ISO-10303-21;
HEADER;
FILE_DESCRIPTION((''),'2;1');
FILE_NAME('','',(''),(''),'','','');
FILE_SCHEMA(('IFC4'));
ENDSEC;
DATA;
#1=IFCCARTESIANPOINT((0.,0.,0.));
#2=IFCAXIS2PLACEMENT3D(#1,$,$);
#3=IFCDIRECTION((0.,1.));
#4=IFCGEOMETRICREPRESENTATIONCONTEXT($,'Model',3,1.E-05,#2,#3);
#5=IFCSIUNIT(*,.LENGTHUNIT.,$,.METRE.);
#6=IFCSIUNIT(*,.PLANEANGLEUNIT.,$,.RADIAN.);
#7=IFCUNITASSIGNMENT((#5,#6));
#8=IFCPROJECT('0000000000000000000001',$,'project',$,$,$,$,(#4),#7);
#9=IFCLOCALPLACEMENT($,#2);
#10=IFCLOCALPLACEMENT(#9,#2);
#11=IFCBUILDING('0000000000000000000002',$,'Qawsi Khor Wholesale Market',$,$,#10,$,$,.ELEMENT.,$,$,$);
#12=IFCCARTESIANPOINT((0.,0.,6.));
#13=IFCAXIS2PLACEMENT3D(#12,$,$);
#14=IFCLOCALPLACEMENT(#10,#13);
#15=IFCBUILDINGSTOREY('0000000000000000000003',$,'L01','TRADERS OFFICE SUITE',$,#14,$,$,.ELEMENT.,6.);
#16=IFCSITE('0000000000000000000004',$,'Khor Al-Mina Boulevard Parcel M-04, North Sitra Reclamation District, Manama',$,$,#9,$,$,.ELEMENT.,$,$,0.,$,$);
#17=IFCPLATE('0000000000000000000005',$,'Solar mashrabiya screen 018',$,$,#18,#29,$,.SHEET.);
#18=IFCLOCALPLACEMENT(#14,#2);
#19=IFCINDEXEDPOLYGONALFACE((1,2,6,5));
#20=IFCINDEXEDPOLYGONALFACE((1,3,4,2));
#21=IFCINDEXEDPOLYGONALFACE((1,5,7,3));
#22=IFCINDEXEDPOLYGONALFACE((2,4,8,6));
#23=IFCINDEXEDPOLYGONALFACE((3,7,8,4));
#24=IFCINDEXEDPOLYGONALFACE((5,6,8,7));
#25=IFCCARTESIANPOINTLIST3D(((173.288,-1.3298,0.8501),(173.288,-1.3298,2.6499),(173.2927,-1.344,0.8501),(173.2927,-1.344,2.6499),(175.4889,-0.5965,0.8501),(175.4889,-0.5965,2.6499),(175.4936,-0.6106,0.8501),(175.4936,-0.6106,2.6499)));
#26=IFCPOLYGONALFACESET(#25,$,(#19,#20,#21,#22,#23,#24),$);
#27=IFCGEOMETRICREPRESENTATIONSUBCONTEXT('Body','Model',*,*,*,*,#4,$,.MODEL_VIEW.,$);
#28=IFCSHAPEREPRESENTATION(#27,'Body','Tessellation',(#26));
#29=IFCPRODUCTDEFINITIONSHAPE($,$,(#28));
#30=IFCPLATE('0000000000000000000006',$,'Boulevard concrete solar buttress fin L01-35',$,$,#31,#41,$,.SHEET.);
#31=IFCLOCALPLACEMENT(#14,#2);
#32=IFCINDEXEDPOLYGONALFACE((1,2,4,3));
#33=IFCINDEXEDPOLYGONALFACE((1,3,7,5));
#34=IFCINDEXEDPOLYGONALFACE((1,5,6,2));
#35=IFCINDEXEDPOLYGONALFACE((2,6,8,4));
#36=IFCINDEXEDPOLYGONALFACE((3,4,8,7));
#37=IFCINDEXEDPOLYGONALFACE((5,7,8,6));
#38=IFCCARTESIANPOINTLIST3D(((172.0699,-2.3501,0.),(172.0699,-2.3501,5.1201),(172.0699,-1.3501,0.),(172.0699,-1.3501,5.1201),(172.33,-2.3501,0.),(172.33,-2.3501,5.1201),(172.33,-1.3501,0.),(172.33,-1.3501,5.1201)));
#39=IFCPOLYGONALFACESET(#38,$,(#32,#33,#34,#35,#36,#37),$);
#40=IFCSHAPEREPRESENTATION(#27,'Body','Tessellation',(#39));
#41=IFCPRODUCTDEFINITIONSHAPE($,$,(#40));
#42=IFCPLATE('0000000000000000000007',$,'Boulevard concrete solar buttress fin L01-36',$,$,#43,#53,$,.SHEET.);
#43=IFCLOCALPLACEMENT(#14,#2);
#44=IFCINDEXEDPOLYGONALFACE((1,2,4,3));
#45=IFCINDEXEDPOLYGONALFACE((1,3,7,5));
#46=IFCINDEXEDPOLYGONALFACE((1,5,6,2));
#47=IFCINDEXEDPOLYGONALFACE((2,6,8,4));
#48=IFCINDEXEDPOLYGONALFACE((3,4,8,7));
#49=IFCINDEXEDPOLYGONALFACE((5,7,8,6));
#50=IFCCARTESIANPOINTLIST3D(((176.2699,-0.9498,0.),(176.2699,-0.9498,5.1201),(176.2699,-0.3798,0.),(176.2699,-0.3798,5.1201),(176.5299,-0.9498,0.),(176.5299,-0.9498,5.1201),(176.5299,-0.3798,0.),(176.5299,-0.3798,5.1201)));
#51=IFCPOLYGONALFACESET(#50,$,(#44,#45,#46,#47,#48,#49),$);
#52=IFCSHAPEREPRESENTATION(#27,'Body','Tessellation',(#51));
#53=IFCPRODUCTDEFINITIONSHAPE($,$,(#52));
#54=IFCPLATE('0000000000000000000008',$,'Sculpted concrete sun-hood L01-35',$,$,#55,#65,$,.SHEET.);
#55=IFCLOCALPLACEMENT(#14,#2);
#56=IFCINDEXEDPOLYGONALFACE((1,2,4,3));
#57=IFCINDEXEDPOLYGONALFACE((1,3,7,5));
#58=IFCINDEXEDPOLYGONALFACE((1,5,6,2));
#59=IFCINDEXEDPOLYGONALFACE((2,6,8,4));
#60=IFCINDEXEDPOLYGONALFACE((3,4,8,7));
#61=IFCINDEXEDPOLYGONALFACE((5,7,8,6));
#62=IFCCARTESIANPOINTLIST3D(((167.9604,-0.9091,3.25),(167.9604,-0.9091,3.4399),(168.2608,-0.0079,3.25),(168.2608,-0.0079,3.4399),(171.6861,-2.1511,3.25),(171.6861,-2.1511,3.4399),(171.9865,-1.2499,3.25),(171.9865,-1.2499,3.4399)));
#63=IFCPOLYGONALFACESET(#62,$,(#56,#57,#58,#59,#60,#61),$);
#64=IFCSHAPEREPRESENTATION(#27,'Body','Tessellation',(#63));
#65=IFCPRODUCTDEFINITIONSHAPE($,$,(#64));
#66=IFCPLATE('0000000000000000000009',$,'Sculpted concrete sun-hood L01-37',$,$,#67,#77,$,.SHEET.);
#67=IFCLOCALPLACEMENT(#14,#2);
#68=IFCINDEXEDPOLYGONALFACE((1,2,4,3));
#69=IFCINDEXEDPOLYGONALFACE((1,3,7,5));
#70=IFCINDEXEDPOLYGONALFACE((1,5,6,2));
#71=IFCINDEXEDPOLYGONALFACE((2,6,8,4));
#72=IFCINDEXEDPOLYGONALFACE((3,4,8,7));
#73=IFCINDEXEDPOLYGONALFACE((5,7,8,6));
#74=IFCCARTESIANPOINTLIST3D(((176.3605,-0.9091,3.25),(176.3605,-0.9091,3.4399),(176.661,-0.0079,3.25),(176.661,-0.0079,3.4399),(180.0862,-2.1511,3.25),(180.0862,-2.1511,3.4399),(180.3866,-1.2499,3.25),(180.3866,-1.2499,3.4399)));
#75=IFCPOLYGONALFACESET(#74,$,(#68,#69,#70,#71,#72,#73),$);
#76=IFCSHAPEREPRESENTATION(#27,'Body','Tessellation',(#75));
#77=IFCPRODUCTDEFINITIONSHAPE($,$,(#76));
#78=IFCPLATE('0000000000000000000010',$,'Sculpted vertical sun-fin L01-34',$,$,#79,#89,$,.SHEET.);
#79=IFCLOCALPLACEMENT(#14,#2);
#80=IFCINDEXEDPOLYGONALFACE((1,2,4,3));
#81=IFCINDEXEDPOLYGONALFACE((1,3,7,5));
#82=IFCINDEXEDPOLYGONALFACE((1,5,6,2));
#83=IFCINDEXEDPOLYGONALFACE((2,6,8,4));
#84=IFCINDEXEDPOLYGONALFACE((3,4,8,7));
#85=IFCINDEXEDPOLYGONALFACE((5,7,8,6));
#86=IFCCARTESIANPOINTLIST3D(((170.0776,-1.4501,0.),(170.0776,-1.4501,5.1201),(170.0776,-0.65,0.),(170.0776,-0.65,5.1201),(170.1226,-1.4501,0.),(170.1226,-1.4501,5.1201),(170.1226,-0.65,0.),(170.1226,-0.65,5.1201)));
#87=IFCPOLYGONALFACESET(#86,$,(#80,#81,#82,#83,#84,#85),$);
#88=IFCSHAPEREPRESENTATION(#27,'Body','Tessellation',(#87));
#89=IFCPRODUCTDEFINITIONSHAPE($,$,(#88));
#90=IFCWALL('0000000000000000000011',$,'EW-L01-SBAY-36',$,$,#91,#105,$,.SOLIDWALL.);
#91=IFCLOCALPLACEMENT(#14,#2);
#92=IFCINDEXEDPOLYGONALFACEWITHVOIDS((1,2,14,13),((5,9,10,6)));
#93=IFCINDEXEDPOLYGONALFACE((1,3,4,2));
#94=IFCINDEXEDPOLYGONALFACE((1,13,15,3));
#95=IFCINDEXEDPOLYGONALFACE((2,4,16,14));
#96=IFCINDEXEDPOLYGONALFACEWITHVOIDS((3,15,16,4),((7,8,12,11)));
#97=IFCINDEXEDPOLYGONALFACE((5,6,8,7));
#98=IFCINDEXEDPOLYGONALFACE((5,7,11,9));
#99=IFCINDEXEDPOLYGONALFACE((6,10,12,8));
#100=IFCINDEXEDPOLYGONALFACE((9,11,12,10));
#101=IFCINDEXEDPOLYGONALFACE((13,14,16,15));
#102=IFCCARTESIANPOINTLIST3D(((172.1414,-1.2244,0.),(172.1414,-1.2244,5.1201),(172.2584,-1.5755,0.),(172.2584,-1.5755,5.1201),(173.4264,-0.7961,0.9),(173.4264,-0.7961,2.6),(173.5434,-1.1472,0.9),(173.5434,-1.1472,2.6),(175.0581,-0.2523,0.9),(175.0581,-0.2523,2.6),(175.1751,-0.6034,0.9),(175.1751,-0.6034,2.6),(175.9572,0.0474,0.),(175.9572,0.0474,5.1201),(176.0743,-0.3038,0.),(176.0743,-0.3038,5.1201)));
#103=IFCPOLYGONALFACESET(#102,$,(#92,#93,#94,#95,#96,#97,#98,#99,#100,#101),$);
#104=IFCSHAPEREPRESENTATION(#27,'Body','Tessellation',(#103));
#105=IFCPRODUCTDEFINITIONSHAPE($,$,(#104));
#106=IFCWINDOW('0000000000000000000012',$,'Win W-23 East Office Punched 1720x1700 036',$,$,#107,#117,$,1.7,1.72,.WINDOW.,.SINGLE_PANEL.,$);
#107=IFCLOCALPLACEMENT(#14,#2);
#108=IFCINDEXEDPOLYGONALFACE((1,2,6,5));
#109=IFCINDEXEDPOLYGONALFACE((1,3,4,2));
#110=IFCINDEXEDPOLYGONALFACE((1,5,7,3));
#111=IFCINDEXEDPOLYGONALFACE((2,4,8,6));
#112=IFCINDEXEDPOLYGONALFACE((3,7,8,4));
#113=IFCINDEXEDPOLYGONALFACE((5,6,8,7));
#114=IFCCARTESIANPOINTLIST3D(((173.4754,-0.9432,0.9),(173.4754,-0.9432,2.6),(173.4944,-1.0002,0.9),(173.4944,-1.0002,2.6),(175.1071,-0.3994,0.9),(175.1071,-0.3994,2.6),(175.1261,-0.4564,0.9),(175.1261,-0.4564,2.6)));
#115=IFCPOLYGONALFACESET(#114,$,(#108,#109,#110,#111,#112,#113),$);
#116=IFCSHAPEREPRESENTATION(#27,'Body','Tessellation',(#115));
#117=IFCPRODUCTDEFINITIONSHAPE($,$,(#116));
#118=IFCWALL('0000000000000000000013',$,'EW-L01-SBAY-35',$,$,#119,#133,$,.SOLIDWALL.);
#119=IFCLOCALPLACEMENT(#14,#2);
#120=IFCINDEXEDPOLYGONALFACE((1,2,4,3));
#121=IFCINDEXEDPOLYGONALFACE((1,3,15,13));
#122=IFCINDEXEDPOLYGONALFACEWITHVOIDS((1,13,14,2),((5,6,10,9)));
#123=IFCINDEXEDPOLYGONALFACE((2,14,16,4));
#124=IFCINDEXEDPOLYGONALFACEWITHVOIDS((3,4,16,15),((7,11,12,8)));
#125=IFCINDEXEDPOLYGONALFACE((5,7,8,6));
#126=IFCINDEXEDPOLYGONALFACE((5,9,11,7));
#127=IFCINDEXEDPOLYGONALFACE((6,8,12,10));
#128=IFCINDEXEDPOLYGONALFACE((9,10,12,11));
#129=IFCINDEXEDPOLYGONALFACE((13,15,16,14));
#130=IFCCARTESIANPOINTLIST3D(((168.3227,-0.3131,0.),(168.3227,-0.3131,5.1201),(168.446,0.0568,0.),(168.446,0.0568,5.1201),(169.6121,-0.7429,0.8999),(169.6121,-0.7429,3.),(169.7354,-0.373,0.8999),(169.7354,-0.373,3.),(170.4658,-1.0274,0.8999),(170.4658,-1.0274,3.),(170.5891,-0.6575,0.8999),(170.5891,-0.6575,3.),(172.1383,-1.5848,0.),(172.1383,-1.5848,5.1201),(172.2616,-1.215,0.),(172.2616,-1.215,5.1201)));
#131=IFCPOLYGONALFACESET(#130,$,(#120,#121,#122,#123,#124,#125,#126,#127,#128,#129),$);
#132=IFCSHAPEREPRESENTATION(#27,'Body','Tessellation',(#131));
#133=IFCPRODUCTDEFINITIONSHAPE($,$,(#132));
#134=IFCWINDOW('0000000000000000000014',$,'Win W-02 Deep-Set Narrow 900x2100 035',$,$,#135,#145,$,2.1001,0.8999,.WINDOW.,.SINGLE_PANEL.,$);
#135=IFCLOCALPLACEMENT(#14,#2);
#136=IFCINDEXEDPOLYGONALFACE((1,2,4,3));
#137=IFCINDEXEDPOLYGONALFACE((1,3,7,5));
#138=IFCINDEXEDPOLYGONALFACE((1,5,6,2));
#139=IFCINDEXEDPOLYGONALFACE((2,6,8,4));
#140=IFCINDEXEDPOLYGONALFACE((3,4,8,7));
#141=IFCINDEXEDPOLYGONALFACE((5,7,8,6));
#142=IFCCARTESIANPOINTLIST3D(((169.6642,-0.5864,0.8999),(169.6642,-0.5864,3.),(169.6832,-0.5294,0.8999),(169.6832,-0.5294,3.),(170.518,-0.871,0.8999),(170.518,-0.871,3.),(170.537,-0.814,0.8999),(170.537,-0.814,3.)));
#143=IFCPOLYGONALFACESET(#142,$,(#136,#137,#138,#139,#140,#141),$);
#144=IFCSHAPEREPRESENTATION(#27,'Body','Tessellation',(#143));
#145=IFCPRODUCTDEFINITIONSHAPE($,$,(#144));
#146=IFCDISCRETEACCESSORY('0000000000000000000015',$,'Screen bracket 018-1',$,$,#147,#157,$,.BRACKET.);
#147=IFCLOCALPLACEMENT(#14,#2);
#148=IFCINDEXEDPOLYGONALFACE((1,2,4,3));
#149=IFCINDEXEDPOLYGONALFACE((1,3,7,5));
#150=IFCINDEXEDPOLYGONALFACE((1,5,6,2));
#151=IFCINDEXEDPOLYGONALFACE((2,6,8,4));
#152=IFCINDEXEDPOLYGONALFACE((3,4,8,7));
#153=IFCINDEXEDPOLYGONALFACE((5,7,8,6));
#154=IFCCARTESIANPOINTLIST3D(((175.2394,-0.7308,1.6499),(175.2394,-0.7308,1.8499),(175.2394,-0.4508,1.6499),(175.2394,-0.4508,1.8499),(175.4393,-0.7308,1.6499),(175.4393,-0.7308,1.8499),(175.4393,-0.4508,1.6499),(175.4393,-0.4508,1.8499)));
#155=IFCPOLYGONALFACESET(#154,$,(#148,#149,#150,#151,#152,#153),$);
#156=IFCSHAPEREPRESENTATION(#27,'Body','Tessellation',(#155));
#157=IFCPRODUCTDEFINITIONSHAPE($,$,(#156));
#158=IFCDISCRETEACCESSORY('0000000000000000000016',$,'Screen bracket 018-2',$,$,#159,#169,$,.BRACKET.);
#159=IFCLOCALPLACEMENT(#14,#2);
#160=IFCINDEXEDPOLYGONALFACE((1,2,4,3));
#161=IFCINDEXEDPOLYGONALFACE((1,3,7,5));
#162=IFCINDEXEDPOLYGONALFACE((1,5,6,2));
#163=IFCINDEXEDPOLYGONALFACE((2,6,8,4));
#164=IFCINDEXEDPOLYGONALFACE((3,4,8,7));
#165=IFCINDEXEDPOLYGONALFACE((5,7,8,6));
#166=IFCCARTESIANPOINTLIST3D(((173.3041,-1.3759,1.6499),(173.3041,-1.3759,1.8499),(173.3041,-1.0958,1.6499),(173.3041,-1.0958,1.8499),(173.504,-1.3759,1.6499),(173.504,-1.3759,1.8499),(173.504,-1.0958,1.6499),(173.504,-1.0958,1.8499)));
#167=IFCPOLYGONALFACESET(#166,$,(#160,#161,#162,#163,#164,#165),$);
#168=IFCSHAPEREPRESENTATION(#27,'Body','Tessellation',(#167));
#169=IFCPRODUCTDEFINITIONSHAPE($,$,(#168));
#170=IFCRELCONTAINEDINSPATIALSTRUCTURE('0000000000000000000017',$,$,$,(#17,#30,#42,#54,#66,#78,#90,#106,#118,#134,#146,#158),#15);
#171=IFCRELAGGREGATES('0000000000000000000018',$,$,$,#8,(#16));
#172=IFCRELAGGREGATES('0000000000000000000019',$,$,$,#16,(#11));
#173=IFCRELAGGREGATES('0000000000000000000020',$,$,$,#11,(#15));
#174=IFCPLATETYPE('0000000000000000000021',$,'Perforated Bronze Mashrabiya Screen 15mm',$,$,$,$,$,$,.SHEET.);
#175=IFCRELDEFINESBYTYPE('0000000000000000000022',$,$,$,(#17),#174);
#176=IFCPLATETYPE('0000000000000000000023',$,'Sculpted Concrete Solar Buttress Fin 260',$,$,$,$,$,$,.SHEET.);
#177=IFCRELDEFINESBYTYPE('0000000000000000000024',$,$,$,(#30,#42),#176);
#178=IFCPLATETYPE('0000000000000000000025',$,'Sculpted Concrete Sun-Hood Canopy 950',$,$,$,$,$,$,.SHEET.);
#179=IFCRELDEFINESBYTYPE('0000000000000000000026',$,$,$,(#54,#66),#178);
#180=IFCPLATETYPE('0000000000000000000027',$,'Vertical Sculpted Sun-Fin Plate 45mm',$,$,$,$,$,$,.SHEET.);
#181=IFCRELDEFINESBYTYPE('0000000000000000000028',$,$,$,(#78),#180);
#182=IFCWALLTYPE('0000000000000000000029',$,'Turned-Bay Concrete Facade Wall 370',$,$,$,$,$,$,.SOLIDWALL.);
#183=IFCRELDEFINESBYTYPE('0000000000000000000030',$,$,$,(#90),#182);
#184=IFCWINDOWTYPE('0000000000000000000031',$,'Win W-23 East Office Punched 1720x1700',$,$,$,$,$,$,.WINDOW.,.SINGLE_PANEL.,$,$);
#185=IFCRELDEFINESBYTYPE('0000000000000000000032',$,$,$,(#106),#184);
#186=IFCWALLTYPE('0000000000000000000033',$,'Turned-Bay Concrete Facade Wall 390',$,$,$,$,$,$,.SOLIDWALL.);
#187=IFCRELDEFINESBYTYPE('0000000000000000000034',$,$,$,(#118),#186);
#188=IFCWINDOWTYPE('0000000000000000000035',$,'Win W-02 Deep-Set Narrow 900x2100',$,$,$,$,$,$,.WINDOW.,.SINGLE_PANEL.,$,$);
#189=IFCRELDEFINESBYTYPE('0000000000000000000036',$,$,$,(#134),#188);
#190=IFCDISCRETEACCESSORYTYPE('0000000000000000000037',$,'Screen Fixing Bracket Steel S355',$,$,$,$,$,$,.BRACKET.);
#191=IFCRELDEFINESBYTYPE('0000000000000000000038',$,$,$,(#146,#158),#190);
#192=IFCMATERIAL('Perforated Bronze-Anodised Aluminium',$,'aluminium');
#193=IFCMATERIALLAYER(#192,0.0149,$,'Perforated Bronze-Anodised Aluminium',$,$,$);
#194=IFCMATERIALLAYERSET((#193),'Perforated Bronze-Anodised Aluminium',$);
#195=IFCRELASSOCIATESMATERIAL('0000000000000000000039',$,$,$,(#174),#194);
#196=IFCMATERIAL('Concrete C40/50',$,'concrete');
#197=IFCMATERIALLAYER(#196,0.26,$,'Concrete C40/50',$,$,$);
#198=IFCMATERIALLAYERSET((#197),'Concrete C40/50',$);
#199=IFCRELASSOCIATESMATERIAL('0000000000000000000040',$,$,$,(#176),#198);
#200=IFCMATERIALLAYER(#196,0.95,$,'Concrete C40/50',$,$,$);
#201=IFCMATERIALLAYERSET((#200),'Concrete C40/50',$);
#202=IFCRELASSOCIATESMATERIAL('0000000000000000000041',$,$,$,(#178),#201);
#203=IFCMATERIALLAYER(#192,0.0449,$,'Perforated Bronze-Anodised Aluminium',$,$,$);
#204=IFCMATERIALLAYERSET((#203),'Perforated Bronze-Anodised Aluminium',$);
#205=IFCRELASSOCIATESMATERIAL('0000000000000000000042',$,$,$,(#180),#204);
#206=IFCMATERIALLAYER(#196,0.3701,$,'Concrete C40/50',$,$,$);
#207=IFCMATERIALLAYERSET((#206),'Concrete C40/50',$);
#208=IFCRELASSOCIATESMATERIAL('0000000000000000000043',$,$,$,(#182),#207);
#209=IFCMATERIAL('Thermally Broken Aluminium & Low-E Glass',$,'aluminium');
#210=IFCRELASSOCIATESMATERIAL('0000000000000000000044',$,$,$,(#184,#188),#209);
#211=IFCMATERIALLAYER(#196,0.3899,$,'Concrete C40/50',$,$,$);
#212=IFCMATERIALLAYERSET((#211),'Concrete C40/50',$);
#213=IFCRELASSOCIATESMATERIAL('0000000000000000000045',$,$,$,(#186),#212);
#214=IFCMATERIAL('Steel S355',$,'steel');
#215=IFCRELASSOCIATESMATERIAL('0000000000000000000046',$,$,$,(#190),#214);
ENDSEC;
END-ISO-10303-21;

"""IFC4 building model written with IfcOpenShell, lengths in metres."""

from ifc_helpers import new_model, si_unit, direction, frame, frame_2d, origin, origin_2d, place, context, subcontext, project, spatial, rectangle, extrude, material, layer, layer_set, type_object, element, fill, save


model = new_model("IFC4")

# Units and contexts
model_context = context("Model", 3, precision=1e-05, world=origin(), true_north=direction((0.0, 1.0)))
body_context = subcontext(model_context, "Body", "Model", "MODEL_VIEW")
ifc_project = project(units=[si_unit("LENGTHUNIT", "METRE"), si_unit("PLANEANGLEUNIT", "RADIAN")], contexts=[model_context])

# Site, building, storey
site_placement = place(None, origin())
site = spatial("IfcSite", under=ifc_project, at=site_placement, Name="Khor Al-Mina Boulevard Parcel M-04, North Sitra Reclamation District, Manama", CompositionType="ELEMENT", RefElevation=0.0)
building_placement = place(site_placement, origin())
building = spatial("IfcBuilding", under=site, at=building_placement, Name="Qawsi Khor Wholesale Market", CompositionType="ELEMENT")
storey_placement = place(building_placement, frame((0.0, 0.0, 6.0)))
storey = spatial("IfcBuildingStorey", under=building, at=storey_placement, Name="L01", Description="TRADERS OFFICE SUITE", CompositionType="ELEMENT", Elevation=6.0)

# Shared definitions
ifc_material_1 = material(Name="Concrete C40/50", Category="concrete")

# Shared definitions
ifc_material_2 = material(Name="Steel S355", Category="steel")

# Plates
ifc_material_3 = material(Name="Perforated Bronze-Anodised Aluminium", Category="aluminium")
ifc_layer_1 = layer(ifc_material_3, 0.0149, Name="Perforated Bronze-Anodised Aluminium")
ifc_layer_set_1 = layer_set([ifc_layer_1], Name="Perforated Bronze-Anodised Aluminium")
plate_type_1 = type_object("IfcPlateType", Name="Perforated Bronze Mashrabiya Screen 15mm", PredefinedType="SHEET", material=ifc_layer_set_1)
plate_1_placement = place(storey_placement, frame((175.4912, -0.6035, 0.8501), z_axis=(0.0, 0.0, 1.0), x_axis=(-0.948715, -0.316133, 0.0)))
element("IfcPlate", 1, at=plate_1_placement, inside=storey, type_object=plate_type_1, Name="Solar mashrabiya screen 018", PredefinedType="SHEET", context=body_context, shape_type="SweptSolid", body=[
    extrude(rectangle(XDim=2.3198, YDim=0.0149, at=frame_2d((1.1599, 0.0))), origin(), (0.0, 0.0, 1.0), 1.7998),
])
ifc_layer_2 = layer(ifc_material_1, 0.26, Name="Concrete C40/50")
ifc_layer_set_2 = layer_set([ifc_layer_2], Name="Concrete C40/50")
plate_type_2 = type_object("IfcPlateType", Name="Sculpted Concrete Solar Buttress Fin 260", PredefinedType="SHEET", material=ifc_layer_set_2)
plate_2_placement = place(storey_placement, frame((172.2, -2.3501, 0.0), z_axis=(0.0, 0.0, 1.0), x_axis=(0.0, 1.0, 0.0)))
element("IfcPlate", 2, at=plate_2_placement, inside=storey, type_object=plate_type_2, Name="Boulevard concrete solar buttress fin L01-35", PredefinedType="SHEET", context=body_context, shape_type="SweptSolid", body=[
    extrude(rectangle(XDim=1.0, YDim=0.26, at=frame_2d((0.5, 0.0))), origin(), (0.0, 0.0, 1.0), 5.1201),
])
plate_3_placement = place(storey_placement, frame((176.3999, -0.95, 0.0), z_axis=(0.0, 0.0, 1.0), x_axis=(0.0, 1.0, 0.0)))
element("IfcPlate", 3, at=plate_3_placement, inside=storey, type_object=plate_type_2, Name="Boulevard concrete solar buttress fin L01-36", PredefinedType="SHEET", context=body_context, shape_type="SweptSolid", body=[
    extrude(rectangle(XDim=0.5701, YDim=0.26, at=frame_2d((0.2852, 0.0))), origin(), (0.0, 0.0, 1.0), 5.1201),
])
ifc_layer_3 = layer(ifc_material_1, 0.95, Name="Concrete C40/50")
ifc_layer_set_3 = layer_set([ifc_layer_3], Name="Concrete C40/50")
plate_type_3 = type_object("IfcPlateType", Name="Sculpted Concrete Sun-Hood Canopy 950", PredefinedType="SHEET", material=ifc_layer_set_3)
for number, where, z_axis, x_axis, name in (
    (4, (168.1106, -0.4585, 3.25), (0.0, 0.0, 1.0), (0.948677, -0.316246, 0.0), "Sculpted concrete sun-hood L01-35"),
    (5, (176.5107, -0.4585, 3.25), (0.0, 0.0, 1.0), (0.948677, -0.316246, 0.0), "Sculpted concrete sun-hood L01-37"),
):
    element("IfcPlate", number, at=place(storey_placement, frame(where, z_axis=z_axis, x_axis=x_axis)), inside=storey, type_object=plate_type_3, Name=name, PredefinedType="SHEET", context=body_context, shape_type="SweptSolid", body=[
        extrude(rectangle(XDim=3.9272, YDim=0.95, at=frame_2d((1.9636, 0.0))), origin(), (0.0, 0.0, 1.0), 0.1899),
    ])
ifc_layer_4 = layer(ifc_material_3, 0.0449, Name="Perforated Bronze-Anodised Aluminium")
ifc_layer_set_4 = layer_set([ifc_layer_4], Name="Perforated Bronze-Anodised Aluminium")
plate_type_4 = type_object("IfcPlateType", Name="Vertical Sculpted Sun-Fin Plate 45mm", PredefinedType="SHEET", material=ifc_layer_set_4)
plate_4_placement = place(storey_placement, frame((170.1001, -1.45, 0.0), z_axis=(0.0, 0.0, 1.0), x_axis=(0.0, 1.0, 0.0)))
element("IfcPlate", 6, at=plate_4_placement, inside=storey, type_object=plate_type_4, Name="Sculpted vertical sun-fin L01-34", PredefinedType="SHEET", context=body_context, shape_type="SweptSolid", body=[
    extrude(rectangle(XDim=0.8, YDim=0.0449, at=frame_2d((0.3999, 0.0))), origin(), (0.0, 0.0, 1.0), 5.1201),
])

# Walls, openings, windows
ifc_layer_5 = layer(ifc_material_1, 0.3701, Name="Concrete C40/50")
ifc_layer_set_5 = layer_set([ifc_layer_5], Name="Concrete C40/50")
wall_type_1 = type_object("IfcWallType", Name="Turned-Bay Concrete Facade Wall 370", PredefinedType="SOLIDWALL", material=ifc_layer_set_5)
wall_1_placement = place(storey_placement, frame((176.0159, -0.1282, 0.0), z_axis=(0.0, 0.0, 1.0), x_axis=(-0.948702, -0.316173, 0.0)))
wall_1 = element("IfcWall", 7, at=wall_1_placement, inside=storey, type_object=wall_type_1, Name="EW-L01-SBAY-36", PredefinedType="SOLIDWALL", context=body_context, shape_type="SweptSolid", body=[
    extrude(rectangle(XDim=4.0222, YDim=0.3701, at=frame_2d((2.0112, 0.0))), origin(), (0.0, 0.0, 1.0), 5.1201),
])
opening_1_placement = place(wall_1_placement, frame((0.948, 0.0, 0.8999)))
opening_1 = element("IfcOpeningElement", 8, at=opening_1_placement, cuts=wall_1, PredefinedType="OPENING", context=body_context, shape_type="SweptSolid", body=[
    extrude(rectangle(XDim=1.72, YDim=1.7, at=frame_2d((0.8599, 0.8501))), frame((0.0, 0.1951, 0.0), z_axis=(0.0, -1.0, 0.0), x_axis=(1.0, 0.0, 0.0)), (0.0, 0.0, 1.0), 0.3901),
])
ifc_material_4 = material(Name="Thermally Broken Aluminium & Low-E Glass", Category="aluminium")
window_type_1 = type_object("IfcWindowType", Name="Win W-23 East Office Punched 1720x1700", PartitioningType="SINGLE_PANEL", PredefinedType="WINDOW", material=ifc_material_4)
window_1_placement = place(opening_1_placement, origin())
window_1 = element("IfcWindow", 9, at=window_1_placement, inside=storey, type_object=window_type_1, Name="Win W-23 East Office Punched 1720x1700 036", OverallHeight=1.7, OverallWidth=1.72, PartitioningType="SINGLE_PANEL", PredefinedType="WINDOW", context=body_context, shape_type="SweptSolid", body=[
    extrude(rectangle(XDim=1.72, YDim=1.7, at=frame_2d((0.8599, 0.8501))), frame((0.0, 0.03, 0.0), z_axis=(0.0, -1.0, 0.0), x_axis=(1.0, 0.0, 0.0)), (0.0, 0.0, 1.0), 0.0601),
])
fill(opening_1, window_1)
ifc_layer_6 = layer(ifc_material_1, 0.3899, Name="Concrete C40/50")
ifc_layer_set_6 = layer_set([ifc_layer_6], Name="Concrete C40/50")
wall_type_2 = type_object("IfcWallType", Name="Turned-Bay Concrete Facade Wall 390", PredefinedType="SOLIDWALL", material=ifc_layer_set_6)
wall_2_placement = place(storey_placement, frame((172.2, -1.3999, 0.0), z_axis=(0.0, 0.0, 1.0), x_axis=(-0.948695, 0.316191, 0.0)))
wall_2 = element("IfcWall", 10, at=wall_2_placement, inside=storey, type_object=wall_type_2, Name="EW-L01-SBAY-35", PredefinedType="SOLIDWALL", context=body_context, shape_type="SweptSolid", body=[
    extrude(rectangle(XDim=4.022, YDim=0.3899, at=frame_2d((2.011, 0.0))), origin(), (0.0, 0.0, 1.0), 5.1201),
])
opening_2_placement = place(wall_2_placement, frame((1.7629, 0.0, 0.8999)))
opening_2 = element("IfcOpeningElement", 11, at=opening_2_placement, cuts=wall_2, PredefinedType="OPENING", context=body_context, shape_type="SweptSolid", body=[
    extrude(rectangle(XDim=0.8999, YDim=2.1001, at=frame_2d((0.45, 1.05))), frame((0.0, 0.2048, 0.0), z_axis=(0.0, -1.0, 0.0), x_axis=(1.0, 0.0, 0.0)), (0.0, 0.0, 1.0), 0.4099),
])
window_type_2 = type_object("IfcWindowType", Name="Win W-02 Deep-Set Narrow 900x2100", PartitioningType="SINGLE_PANEL", PredefinedType="WINDOW", material=ifc_material_4)
window_2_placement = place(opening_2_placement, origin())
window_2 = element("IfcWindow", 12, at=window_2_placement, inside=storey, type_object=window_type_2, Name="Win W-02 Deep-Set Narrow 900x2100 035", OverallHeight=2.1001, OverallWidth=0.8999, PartitioningType="SINGLE_PANEL", PredefinedType="WINDOW", context=body_context, shape_type="SweptSolid", body=[
    extrude(rectangle(XDim=0.8999, YDim=2.1001, at=frame_2d((0.45, 1.05))), frame((0.0, 0.03, 0.0), z_axis=(0.0, -1.0, 0.0), x_axis=(1.0, 0.0, 0.0)), (0.0, 0.0, 1.0), 0.0601),
])
fill(opening_2, window_2)

# Discrete accessories
discrete_accessory_type = type_object("IfcDiscreteAccessoryType", Name="Screen Fixing Bracket Steel S355", PredefinedType="BRACKET", material=ifc_material_2)
for number, where, z_axis, x_axis, name in (
    (13, (175.3394, -0.5908, 1.6499), (0.0, 0.0, 1.0), (1.0, 0.0, 0.0), "Screen bracket 018-1"),
    (14, (173.4041, -1.2358, 1.6499), (0.0, 0.0, 1.0), (1.0, 0.0, 0.0), "Screen bracket 018-2"),
):
    element("IfcDiscreteAccessory", number, at=place(storey_placement, frame(where, z_axis=z_axis, x_axis=x_axis)), inside=storey, type_object=discrete_accessory_type, Name=name, PredefinedType="BRACKET", context=body_context, shape_type="SweptSolid", body=[
        extrude(rectangle(XDim=0.2, YDim=0.28, at=origin_2d()), origin(), (0.0, 0.0, 1.0), 0.2),
    ])

save(model, "model.ifc")
